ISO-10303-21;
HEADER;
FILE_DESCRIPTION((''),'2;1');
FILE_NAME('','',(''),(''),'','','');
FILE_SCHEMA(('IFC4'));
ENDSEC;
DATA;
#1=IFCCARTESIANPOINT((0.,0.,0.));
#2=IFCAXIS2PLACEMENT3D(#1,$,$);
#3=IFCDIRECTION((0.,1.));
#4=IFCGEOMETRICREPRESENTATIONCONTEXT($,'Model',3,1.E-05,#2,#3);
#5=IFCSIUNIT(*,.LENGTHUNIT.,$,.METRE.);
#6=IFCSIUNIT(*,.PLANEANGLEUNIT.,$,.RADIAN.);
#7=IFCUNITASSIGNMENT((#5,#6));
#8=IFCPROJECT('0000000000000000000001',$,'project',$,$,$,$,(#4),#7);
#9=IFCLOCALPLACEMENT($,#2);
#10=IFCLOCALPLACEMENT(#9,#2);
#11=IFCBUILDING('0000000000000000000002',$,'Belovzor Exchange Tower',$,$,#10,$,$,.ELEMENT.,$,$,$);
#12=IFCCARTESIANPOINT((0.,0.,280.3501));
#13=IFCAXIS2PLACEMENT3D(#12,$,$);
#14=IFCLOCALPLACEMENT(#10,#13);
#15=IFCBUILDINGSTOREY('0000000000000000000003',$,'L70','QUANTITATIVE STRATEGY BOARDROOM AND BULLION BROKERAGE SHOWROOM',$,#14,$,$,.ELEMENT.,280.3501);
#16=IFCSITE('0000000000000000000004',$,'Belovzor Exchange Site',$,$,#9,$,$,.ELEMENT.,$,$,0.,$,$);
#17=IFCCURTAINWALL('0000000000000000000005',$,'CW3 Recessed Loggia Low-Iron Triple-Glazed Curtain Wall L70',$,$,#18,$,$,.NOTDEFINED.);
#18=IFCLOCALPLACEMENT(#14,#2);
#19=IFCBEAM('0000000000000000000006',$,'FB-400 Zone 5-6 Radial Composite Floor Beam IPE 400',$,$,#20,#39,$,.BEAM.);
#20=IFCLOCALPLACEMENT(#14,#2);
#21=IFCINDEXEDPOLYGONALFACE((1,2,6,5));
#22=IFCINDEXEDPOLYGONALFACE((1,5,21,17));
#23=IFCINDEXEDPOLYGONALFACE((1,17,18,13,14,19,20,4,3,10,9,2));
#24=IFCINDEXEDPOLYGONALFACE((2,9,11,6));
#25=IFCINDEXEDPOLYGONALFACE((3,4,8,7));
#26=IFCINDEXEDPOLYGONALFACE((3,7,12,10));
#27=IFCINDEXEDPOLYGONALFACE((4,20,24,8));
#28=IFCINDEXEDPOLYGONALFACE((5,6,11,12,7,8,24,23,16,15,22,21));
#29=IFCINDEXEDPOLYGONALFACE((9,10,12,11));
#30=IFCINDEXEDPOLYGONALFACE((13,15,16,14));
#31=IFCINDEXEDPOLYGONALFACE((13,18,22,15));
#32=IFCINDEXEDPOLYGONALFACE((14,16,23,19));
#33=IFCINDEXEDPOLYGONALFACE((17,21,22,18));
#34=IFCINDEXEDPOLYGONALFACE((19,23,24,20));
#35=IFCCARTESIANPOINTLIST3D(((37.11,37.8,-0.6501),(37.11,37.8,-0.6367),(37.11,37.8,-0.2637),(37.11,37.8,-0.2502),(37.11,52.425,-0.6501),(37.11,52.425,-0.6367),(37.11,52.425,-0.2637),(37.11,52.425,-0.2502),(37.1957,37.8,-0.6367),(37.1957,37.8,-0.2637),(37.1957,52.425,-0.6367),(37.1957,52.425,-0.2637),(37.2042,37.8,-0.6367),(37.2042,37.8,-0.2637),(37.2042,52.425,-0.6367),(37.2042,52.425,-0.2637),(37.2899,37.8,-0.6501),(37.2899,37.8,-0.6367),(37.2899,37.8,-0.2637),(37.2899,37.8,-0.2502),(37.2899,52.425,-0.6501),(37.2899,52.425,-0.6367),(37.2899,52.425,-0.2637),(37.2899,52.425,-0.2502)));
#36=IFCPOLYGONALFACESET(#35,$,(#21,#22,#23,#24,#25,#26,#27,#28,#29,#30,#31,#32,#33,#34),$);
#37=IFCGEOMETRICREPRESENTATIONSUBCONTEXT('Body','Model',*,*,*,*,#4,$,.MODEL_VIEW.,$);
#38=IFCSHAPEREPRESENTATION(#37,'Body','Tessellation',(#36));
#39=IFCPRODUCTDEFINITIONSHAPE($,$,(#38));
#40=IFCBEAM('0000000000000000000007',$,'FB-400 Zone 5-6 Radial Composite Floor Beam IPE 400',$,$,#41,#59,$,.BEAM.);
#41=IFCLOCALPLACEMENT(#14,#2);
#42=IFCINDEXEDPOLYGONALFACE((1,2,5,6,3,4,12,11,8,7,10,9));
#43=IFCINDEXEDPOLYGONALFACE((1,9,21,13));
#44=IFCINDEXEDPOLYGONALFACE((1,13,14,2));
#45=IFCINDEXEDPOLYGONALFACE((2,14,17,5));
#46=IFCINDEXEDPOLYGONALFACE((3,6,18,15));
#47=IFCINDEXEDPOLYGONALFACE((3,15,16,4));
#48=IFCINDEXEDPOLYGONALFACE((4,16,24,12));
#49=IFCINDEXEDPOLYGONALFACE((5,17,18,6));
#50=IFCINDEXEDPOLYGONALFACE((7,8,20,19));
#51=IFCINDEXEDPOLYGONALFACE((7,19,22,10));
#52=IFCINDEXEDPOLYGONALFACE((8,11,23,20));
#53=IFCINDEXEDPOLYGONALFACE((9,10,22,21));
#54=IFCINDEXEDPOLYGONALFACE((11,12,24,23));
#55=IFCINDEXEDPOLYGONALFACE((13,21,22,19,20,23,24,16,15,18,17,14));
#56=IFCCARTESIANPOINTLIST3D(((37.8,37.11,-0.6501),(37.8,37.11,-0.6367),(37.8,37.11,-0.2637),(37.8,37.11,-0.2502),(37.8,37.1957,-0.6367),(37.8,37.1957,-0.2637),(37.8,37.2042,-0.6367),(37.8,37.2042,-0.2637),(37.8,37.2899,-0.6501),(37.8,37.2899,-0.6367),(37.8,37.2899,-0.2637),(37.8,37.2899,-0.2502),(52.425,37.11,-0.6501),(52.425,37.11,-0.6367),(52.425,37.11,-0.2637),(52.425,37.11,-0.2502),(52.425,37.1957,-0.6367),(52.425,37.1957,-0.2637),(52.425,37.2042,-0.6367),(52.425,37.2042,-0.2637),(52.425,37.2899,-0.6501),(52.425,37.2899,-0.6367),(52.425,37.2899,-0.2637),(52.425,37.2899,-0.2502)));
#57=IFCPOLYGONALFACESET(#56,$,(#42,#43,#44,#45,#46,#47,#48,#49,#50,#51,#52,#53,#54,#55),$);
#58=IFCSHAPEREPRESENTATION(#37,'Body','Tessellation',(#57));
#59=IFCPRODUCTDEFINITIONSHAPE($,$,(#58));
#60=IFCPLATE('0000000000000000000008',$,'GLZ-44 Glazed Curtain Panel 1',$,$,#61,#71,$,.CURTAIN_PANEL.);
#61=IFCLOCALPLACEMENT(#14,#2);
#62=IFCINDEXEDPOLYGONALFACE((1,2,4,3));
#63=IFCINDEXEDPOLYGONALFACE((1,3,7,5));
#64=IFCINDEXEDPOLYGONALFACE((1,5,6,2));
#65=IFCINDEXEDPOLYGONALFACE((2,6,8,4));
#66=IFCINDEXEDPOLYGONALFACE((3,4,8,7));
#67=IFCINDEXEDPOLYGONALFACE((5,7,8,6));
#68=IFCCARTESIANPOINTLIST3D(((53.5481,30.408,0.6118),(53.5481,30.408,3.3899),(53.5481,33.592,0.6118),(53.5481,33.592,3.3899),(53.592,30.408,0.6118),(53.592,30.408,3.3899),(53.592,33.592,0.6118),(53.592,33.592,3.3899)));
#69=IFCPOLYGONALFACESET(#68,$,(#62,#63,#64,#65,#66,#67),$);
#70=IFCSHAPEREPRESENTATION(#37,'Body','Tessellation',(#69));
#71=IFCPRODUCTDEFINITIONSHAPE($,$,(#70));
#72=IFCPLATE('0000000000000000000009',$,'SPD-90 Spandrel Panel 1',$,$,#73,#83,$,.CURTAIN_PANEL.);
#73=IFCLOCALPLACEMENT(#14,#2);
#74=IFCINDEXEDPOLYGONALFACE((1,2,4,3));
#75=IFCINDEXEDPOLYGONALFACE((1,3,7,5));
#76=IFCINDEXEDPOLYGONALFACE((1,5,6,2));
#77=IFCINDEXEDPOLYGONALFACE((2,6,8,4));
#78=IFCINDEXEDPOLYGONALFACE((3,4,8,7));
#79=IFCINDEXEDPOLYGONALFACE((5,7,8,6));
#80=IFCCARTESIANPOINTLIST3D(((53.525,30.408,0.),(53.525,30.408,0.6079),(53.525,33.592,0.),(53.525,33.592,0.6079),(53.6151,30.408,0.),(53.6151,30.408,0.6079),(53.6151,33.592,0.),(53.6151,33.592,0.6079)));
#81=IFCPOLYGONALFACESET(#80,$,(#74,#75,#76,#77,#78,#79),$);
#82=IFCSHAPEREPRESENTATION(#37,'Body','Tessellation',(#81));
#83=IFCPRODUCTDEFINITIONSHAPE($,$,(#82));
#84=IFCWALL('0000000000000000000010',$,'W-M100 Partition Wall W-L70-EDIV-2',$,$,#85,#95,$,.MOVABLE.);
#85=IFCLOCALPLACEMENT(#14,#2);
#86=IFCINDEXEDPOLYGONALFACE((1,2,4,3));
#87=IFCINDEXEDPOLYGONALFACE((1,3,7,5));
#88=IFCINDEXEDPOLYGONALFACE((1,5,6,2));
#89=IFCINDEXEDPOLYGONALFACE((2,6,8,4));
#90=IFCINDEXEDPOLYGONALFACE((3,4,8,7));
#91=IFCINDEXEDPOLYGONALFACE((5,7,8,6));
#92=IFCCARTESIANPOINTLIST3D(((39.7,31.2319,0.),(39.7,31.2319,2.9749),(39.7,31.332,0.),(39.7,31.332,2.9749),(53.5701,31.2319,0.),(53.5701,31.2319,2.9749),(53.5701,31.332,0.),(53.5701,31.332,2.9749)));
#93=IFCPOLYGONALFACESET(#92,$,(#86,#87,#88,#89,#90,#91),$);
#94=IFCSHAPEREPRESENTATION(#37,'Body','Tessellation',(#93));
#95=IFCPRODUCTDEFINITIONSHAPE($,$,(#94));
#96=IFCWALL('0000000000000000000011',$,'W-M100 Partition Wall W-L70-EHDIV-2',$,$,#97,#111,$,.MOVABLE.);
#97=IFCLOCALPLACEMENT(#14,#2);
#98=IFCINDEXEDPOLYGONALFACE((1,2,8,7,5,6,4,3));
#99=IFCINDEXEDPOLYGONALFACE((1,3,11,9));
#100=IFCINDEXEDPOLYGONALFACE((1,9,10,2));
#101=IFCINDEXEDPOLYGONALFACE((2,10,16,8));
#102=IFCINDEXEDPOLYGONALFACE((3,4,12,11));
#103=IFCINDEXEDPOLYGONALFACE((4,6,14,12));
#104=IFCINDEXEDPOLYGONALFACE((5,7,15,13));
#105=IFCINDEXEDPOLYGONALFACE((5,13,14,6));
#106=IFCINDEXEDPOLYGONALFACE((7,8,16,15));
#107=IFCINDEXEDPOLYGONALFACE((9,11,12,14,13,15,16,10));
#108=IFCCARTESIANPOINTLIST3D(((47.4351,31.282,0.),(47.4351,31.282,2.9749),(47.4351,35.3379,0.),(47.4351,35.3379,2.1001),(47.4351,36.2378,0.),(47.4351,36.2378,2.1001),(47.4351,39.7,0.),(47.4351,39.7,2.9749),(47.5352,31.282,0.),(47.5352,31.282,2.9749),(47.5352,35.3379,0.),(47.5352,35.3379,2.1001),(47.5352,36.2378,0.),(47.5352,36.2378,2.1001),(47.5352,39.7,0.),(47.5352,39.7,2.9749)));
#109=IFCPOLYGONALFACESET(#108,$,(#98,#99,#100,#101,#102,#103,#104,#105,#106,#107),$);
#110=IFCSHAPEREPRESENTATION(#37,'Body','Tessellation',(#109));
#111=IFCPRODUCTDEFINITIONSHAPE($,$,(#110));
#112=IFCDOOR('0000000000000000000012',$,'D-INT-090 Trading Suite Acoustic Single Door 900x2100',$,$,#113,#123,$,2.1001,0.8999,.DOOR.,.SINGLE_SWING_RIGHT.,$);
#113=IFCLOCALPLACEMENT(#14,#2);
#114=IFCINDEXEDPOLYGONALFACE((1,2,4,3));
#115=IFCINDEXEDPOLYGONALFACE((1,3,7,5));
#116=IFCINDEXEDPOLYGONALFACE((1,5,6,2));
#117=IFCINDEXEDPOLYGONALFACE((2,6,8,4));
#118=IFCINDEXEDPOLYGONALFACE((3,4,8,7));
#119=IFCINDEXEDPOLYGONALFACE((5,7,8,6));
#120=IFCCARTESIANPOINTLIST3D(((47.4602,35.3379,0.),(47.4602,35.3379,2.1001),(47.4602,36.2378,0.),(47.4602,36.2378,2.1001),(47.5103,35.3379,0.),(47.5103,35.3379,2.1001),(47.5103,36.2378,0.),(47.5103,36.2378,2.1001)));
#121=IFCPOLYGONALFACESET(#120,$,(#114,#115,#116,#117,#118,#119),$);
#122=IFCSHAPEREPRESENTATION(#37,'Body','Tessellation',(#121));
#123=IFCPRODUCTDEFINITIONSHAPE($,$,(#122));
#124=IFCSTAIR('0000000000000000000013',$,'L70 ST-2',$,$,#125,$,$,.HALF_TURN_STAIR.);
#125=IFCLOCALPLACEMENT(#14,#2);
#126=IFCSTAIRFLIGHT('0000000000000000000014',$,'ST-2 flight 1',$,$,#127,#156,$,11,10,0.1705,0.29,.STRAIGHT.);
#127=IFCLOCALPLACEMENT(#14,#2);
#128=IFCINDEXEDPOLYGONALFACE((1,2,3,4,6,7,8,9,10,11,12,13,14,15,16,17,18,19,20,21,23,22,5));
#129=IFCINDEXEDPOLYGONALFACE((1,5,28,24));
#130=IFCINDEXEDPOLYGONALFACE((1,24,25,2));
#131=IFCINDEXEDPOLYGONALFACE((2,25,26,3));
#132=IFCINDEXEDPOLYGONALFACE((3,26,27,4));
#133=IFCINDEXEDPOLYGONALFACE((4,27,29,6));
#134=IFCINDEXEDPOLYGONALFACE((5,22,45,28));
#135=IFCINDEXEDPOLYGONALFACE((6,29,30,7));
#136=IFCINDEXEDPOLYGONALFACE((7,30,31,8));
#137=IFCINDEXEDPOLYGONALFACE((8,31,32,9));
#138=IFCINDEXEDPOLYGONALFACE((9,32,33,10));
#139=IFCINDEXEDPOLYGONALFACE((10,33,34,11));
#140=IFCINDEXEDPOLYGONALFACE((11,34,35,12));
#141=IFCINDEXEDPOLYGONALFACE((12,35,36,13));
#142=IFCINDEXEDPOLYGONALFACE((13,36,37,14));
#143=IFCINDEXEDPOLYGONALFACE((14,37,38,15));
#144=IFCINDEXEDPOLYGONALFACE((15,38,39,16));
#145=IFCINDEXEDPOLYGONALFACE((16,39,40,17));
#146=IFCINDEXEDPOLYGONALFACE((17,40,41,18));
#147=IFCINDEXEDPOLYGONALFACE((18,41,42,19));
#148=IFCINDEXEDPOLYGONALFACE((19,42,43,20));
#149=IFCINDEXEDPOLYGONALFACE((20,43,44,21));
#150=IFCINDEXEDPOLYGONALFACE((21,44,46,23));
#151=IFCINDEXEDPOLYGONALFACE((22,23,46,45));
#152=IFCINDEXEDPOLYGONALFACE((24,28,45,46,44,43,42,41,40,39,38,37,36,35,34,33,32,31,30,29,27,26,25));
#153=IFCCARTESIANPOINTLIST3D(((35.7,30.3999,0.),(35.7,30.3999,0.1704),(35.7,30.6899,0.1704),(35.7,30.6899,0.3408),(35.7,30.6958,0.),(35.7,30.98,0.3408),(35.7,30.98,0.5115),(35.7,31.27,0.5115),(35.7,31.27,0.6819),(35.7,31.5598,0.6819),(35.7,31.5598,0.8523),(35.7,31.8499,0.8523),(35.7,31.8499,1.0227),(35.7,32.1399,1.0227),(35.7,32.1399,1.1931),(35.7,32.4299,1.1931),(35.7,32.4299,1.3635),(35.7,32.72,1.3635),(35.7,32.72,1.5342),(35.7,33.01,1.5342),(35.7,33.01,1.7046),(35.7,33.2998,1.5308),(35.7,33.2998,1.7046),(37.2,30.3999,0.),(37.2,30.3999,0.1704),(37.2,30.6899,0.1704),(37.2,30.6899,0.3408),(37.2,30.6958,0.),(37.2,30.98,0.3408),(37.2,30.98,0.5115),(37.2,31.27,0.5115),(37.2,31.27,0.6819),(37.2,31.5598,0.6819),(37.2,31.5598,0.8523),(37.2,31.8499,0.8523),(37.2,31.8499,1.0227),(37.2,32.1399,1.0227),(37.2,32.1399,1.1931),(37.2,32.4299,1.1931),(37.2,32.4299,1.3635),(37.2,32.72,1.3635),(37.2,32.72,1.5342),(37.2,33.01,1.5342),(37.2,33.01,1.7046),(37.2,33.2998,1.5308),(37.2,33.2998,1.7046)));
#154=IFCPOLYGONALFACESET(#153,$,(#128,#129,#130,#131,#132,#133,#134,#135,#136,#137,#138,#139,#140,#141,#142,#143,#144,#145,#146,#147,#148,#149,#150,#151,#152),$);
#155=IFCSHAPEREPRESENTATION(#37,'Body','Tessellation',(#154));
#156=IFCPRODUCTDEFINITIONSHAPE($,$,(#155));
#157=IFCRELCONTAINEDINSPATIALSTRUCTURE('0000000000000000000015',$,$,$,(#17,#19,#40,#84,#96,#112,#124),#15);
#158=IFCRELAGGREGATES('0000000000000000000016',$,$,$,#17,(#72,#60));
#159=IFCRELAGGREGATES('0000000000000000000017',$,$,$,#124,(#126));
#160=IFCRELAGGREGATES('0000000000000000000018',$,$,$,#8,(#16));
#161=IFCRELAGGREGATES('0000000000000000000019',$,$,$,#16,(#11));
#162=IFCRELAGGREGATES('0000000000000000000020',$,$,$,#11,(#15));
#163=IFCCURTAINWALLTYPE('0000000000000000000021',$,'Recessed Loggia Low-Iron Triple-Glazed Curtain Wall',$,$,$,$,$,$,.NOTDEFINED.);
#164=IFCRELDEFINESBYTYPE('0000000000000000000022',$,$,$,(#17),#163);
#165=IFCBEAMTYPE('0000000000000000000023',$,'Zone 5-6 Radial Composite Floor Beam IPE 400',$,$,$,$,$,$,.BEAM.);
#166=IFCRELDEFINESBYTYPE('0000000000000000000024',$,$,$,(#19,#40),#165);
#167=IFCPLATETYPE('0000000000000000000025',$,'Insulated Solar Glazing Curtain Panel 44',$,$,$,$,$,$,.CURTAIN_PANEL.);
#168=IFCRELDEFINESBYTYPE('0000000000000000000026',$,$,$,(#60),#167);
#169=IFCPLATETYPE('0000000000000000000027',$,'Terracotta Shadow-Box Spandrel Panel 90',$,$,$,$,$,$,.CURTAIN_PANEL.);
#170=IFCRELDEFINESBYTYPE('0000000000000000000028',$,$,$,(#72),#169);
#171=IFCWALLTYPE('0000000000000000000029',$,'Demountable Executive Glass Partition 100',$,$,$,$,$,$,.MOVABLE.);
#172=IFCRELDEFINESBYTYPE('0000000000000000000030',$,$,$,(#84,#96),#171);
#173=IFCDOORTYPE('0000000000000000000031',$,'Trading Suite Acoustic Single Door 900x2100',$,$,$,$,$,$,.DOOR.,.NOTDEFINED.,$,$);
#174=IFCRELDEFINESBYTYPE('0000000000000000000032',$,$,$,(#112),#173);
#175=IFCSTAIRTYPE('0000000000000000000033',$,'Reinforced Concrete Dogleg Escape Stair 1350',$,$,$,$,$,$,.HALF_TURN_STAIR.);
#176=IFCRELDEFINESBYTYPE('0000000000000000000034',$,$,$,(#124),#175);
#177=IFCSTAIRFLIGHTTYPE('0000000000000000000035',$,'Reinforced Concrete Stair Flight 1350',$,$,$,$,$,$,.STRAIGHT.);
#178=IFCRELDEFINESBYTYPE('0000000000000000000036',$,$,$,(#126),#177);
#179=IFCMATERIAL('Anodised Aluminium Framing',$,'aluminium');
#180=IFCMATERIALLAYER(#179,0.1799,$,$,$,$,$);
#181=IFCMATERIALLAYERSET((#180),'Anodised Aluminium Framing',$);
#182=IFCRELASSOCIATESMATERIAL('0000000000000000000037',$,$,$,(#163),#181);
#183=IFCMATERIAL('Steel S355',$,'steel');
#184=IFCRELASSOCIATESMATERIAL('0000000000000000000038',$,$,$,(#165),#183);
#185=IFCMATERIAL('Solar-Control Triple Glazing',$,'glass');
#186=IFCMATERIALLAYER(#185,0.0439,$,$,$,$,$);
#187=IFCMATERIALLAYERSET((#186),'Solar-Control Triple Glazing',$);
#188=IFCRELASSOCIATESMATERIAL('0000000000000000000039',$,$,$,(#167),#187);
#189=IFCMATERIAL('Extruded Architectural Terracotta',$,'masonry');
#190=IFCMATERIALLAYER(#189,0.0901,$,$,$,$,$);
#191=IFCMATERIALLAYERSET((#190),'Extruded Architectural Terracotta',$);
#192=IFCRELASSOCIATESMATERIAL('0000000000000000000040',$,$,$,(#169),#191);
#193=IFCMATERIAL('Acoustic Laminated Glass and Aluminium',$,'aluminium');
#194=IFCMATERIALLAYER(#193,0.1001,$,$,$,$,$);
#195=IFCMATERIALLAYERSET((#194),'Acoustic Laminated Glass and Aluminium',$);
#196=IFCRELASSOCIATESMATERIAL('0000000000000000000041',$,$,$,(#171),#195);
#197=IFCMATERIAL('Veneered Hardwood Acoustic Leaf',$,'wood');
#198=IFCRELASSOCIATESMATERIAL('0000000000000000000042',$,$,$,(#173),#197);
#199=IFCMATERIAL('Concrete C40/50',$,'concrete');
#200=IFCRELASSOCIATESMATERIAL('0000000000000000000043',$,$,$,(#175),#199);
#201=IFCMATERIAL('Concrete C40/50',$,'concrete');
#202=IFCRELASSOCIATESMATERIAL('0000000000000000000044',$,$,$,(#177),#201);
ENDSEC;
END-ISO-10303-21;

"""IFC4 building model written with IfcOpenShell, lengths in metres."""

from ifc_helpers import new_model, si_unit, direction, frame, frame_2d, origin, origin_2d, place, context, subcontext, project, spatial, polyline, rectangle, i_section, outline, extrude, material, layer, layer_set, material_profile, profile_set, type_object, element, fill, aggregate, save


model = new_model("IFC4")

# Units and contexts
model_context = context("Model", 3, precision=1e-05, world=origin(), true_north=direction((0.0, 1.0)))
body_context = subcontext(model_context, "Body", "Model", "MODEL_VIEW")
ifc_project = project(units=[si_unit("LENGTHUNIT", "METRE"), si_unit("PLANEANGLEUNIT", "RADIAN")], contexts=[model_context])

# Site, building, storey
site_placement = place(None, origin())
site = spatial("IfcSite", under=ifc_project, at=site_placement, Name="Belovzor Exchange Site", CompositionType="ELEMENT", RefElevation=0.0)
building_placement = place(site_placement, origin())
building = spatial("IfcBuilding", under=site, at=building_placement, Name="Belovzor Exchange Tower", CompositionType="ELEMENT")
storey_placement = place(building_placement, frame((0.0, 0.0, 280.3501)))
storey = spatial("IfcBuildingStorey", under=building, at=storey_placement, Name="L70", Description="QUANTITATIVE STRATEGY BOARDROOM AND BULLION BROKERAGE SHOWROOM", CompositionType="ELEMENT", Elevation=280.3501)

# Curtain wall
ifc_material_1 = material(Name="Anodised Aluminium Framing", Category="aluminium")
ifc_layer_1 = layer(ifc_material_1, 0.1799)
ifc_layer_set_1 = layer_set([ifc_layer_1], Name="Anodised Aluminium Framing")
curtain_wall_type = type_object("IfcCurtainWallType", Name="Recessed Loggia Low-Iron Triple-Glazed Curtain Wall", PredefinedType="NOTDEFINED", material=ifc_layer_set_1)
curtain_wall_placement = place(storey_placement, origin())
curtain_wall = element("IfcCurtainWall", 1, at=curtain_wall_placement, inside=storey, type_object=curtain_wall_type, Name="CW3 Recessed Loggia Low-Iron Triple-Glazed Curtain Wall L70", PredefinedType="NOTDEFINED")

# Beams
ifc_material_2 = material(Name="Steel S355", Category="steel")
ifc_material_profile_1 = material_profile(ifc_material_2, i_section(OverallWidth=0.1799, OverallDepth=0.3999, WebThickness=0.0085, FlangeThickness=0.0134, at=origin_2d()))
ifc_profile_set_1 = profile_set([ifc_material_profile_1], Name="Steel S355")
beam_type_1 = type_object("IfcBeamType", Name="Zone 5-6 Radial Composite Floor Beam IPE 400", PredefinedType="BEAM", material=ifc_profile_set_1)
for number, where, z_axis, x_axis, name in (
    (2, (37.2, 37.8, -0.4502), (0.0, 1.0, 0.0), (-1.0, 0.0, 0.0), "FB-400 Zone 5-6 Radial Composite Floor Beam IPE 400"),
    (3, (37.8, 37.2, -0.4502), (1.0, 0.0, 0.0), (0.0, 1.0, 0.0), "FB-400 Zone 5-6 Radial Composite Floor Beam IPE 400"),
):
    element("IfcBeam", number, at=place(storey_placement, frame(where, z_axis=z_axis, x_axis=x_axis)), inside=storey, type_object=beam_type_1, Name=name, PredefinedType="BEAM", context=body_context, shape_type="SweptSolid", body=[
        extrude(i_section(OverallWidth=0.1799, OverallDepth=0.3999, WebThickness=0.0085, FlangeThickness=0.0134, at=origin_2d()), origin(), (0.0, 0.0, 1.0), 14.625),
    ])

# Plates
ifc_material_3 = material(Name="Solar-Control Triple Glazing", Category="glass")
ifc_layer_2 = layer(ifc_material_3, 0.0439)
ifc_layer_set_2 = layer_set([ifc_layer_2], Name="Solar-Control Triple Glazing")
plate_type_1 = type_object("IfcPlateType", Name="Insulated Solar Glazing Curtain Panel 44", PredefinedType="CURTAIN_PANEL", material=ifc_layer_set_2)
plate_1_placement = place(storey_placement, frame((53.5701, 32.0, 0.6118), z_axis=(0.0, 0.0, 1.0), x_axis=(0.0, -1.0, 0.0)))
plate_1 = element("IfcPlate", 4, at=plate_1_placement, type_object=plate_type_1, Name="GLZ-44 Glazed Curtain Panel 1", PredefinedType="CURTAIN_PANEL", context=body_context, shape_type="SweptSolid", body=[
    extrude(rectangle(XDim=3.1841, YDim=0.0439, at=origin_2d()), origin(), (0.0, 0.0, 1.0), 2.7781),
])
ifc_material_4 = material(Name="Extruded Architectural Terracotta", Category="masonry")
ifc_layer_3 = layer(ifc_material_4, 0.0901)
ifc_layer_set_3 = layer_set([ifc_layer_3], Name="Extruded Architectural Terracotta")
plate_type_2 = type_object("IfcPlateType", Name="Terracotta Shadow-Box Spandrel Panel 90", PredefinedType="CURTAIN_PANEL", material=ifc_layer_set_3)
plate_2_placement = place(storey_placement, frame((53.5701, 32.0, 0.0), z_axis=(0.0, 0.0, 1.0), x_axis=(0.0, -1.0, 0.0)))
plate_2 = element("IfcPlate", 5, at=plate_2_placement, type_object=plate_type_2, Name="SPD-90 Spandrel Panel 1", PredefinedType="CURTAIN_PANEL", context=body_context, shape_type="SweptSolid", body=[
    extrude(rectangle(XDim=3.1841, YDim=0.0901, at=origin_2d()), origin(), (0.0, 0.0, 1.0), 0.6079),
])
aggregate(curtain_wall, [plate_2, plate_1])

# Wall
ifc_material_5 = material(Name="Acoustic Laminated Glass and Aluminium", Category="aluminium")
ifc_layer_4 = layer(ifc_material_5, 0.1001)
ifc_layer_set_4 = layer_set([ifc_layer_4], Name="Acoustic Laminated Glass and Aluminium")
wall_type = type_object("IfcWallType", Name="Demountable Executive Glass Partition 100", PredefinedType="MOVABLE", material=ifc_layer_set_4)
wall_1_placement = place(storey_placement, frame((39.7, 31.282, 0.0), z_axis=(0.0, 0.0, 1.0), x_axis=(1.0, 0.0, 0.0)))
element("IfcWall", 6, at=wall_1_placement, inside=storey, type_object=wall_type, Name="W-M100 Partition Wall W-L70-EDIV-2", PredefinedType="MOVABLE", context=body_context, shape_type="SweptSolid", body=[
    extrude(rectangle(XDim=13.8701, YDim=0.1001, at=frame_2d((6.9351, 0.0))), origin(), (0.0, 0.0, 1.0), 2.9749),
])

# Wall, opening, door
wall_2_placement = place(storey_placement, frame((47.4851, 31.282, 0.0), z_axis=(0.0, 0.0, 1.0), x_axis=(0.0, 1.0, 0.0)))
wall_2 = element("IfcWall", 7, at=wall_2_placement, inside=storey, type_object=wall_type, Name="W-M100 Partition Wall W-L70-EHDIV-2", PredefinedType="MOVABLE", context=body_context, shape_type="SweptSolid", body=[
    extrude(rectangle(XDim=8.418, YDim=0.1001, at=frame_2d((4.209, 0.0))), origin(), (0.0, 0.0, 1.0), 2.9749),
])
opening_placement = place(wall_2_placement, frame((4.0559, 0.0, 0.0)))
opening = element("IfcOpeningElement", 8, at=opening_placement, cuts=wall_2, PredefinedType="OPENING", context=body_context, shape_type="SweptSolid", body=[
    extrude(rectangle(XDim=0.8999, YDim=2.1001, at=frame_2d((0.45, 1.05))), frame((0.0, 0.0601, 0.0), z_axis=(0.0, -1.0, 0.0), x_axis=(1.0, 0.0, 0.0)), (0.0, 0.0, 1.0), 0.1201),
])
ifc_material_6 = material(Name="Veneered Hardwood Acoustic Leaf", Category="wood")
door_type = type_object("IfcDoorType", Name="Trading Suite Acoustic Single Door 900x2100", OperationType="NOTDEFINED", PredefinedType="DOOR", material=ifc_material_6)
door_placement = place(opening_placement, origin())
door = element("IfcDoor", 9, at=door_placement, inside=storey, type_object=door_type, Name="D-INT-090 Trading Suite Acoustic Single Door 900x2100", OperationType="SINGLE_SWING_RIGHT", OverallHeight=2.1001, OverallWidth=0.8999, PredefinedType="DOOR", context=body_context, shape_type="SweptSolid", body=[
    extrude(rectangle(XDim=0.8999, YDim=2.1001, at=frame_2d((0.45, 1.05))), frame((0.0, 0.0249, 0.0), z_axis=(0.0, -1.0, 0.0), x_axis=(1.0, 0.0, 0.0)), (0.0, 0.0, 1.0), 0.05),
])
fill(opening, door)

# Stair, stair flight
ifc_material_7 = material(Name="Concrete C40/50", Category="concrete")
stair_type = type_object("IfcStairType", Name="Reinforced Concrete Dogleg Escape Stair 1350", PredefinedType="HALF_TURN_STAIR", material=ifc_material_7)
stair_placement = place(storey_placement, origin())
stair = element("IfcStair", 10, at=stair_placement, inside=storey, type_object=stair_type, Name="L70 ST-2", PredefinedType="HALF_TURN_STAIR")
ifc_material_8 = material(Name="Concrete C40/50", Category="concrete")
stair_flight_type = type_object("IfcStairFlightType", Name="Reinforced Concrete Stair Flight 1350", PredefinedType="STRAIGHT", material=ifc_material_8)
stair_flight_placement = place(storey_placement, frame((36.45, 30.3999, 0.0), z_axis=(0.0, 0.0, 1.0), x_axis=(0.0, 1.0, 0.0)))
stair_flight = element("IfcStairFlight", 11, at=stair_flight_placement, type_object=stair_flight_type, Name="ST-2 flight 1", NumberOfRisers=11, NumberOfTreads=10, PredefinedType="STRAIGHT", RiserHeight=0.1705, TreadLength=0.29, context=body_context, shape_type="SweptSolid", body=[
    extrude(outline(polyline([(0.0, 0.0), (0.0, 0.1704), (0.29, 0.1704), (0.29, 0.3408), (0.5801, 0.3408), (0.5801, 0.5115), (0.8701, 0.5115), (0.8701, 0.6819), (1.1599, 0.6819), (1.1599, 0.8523), (1.45, 0.8523), (1.45, 1.0227), (1.74, 1.0227), (1.74, 1.1931), (2.03, 1.1931), (2.03, 1.3635), (2.3201, 1.3635), (2.3201, 1.5342), (2.6101, 1.5342), (2.6101, 1.7046), (2.8999, 1.7046), (2.8999, 1.875), (2.8999, 1.5308), (0.2959, 0.0), (0.0, 0.0)])), frame((0.0, 0.75, 0.0), z_axis=(0.0, -1.0, 0.0), x_axis=(1.0, 0.0, 0.0)), (0.0, 0.0, 1.0), 1.5),
])
aggregate(stair, [stair_flight])

save(model, "model.ifc")
